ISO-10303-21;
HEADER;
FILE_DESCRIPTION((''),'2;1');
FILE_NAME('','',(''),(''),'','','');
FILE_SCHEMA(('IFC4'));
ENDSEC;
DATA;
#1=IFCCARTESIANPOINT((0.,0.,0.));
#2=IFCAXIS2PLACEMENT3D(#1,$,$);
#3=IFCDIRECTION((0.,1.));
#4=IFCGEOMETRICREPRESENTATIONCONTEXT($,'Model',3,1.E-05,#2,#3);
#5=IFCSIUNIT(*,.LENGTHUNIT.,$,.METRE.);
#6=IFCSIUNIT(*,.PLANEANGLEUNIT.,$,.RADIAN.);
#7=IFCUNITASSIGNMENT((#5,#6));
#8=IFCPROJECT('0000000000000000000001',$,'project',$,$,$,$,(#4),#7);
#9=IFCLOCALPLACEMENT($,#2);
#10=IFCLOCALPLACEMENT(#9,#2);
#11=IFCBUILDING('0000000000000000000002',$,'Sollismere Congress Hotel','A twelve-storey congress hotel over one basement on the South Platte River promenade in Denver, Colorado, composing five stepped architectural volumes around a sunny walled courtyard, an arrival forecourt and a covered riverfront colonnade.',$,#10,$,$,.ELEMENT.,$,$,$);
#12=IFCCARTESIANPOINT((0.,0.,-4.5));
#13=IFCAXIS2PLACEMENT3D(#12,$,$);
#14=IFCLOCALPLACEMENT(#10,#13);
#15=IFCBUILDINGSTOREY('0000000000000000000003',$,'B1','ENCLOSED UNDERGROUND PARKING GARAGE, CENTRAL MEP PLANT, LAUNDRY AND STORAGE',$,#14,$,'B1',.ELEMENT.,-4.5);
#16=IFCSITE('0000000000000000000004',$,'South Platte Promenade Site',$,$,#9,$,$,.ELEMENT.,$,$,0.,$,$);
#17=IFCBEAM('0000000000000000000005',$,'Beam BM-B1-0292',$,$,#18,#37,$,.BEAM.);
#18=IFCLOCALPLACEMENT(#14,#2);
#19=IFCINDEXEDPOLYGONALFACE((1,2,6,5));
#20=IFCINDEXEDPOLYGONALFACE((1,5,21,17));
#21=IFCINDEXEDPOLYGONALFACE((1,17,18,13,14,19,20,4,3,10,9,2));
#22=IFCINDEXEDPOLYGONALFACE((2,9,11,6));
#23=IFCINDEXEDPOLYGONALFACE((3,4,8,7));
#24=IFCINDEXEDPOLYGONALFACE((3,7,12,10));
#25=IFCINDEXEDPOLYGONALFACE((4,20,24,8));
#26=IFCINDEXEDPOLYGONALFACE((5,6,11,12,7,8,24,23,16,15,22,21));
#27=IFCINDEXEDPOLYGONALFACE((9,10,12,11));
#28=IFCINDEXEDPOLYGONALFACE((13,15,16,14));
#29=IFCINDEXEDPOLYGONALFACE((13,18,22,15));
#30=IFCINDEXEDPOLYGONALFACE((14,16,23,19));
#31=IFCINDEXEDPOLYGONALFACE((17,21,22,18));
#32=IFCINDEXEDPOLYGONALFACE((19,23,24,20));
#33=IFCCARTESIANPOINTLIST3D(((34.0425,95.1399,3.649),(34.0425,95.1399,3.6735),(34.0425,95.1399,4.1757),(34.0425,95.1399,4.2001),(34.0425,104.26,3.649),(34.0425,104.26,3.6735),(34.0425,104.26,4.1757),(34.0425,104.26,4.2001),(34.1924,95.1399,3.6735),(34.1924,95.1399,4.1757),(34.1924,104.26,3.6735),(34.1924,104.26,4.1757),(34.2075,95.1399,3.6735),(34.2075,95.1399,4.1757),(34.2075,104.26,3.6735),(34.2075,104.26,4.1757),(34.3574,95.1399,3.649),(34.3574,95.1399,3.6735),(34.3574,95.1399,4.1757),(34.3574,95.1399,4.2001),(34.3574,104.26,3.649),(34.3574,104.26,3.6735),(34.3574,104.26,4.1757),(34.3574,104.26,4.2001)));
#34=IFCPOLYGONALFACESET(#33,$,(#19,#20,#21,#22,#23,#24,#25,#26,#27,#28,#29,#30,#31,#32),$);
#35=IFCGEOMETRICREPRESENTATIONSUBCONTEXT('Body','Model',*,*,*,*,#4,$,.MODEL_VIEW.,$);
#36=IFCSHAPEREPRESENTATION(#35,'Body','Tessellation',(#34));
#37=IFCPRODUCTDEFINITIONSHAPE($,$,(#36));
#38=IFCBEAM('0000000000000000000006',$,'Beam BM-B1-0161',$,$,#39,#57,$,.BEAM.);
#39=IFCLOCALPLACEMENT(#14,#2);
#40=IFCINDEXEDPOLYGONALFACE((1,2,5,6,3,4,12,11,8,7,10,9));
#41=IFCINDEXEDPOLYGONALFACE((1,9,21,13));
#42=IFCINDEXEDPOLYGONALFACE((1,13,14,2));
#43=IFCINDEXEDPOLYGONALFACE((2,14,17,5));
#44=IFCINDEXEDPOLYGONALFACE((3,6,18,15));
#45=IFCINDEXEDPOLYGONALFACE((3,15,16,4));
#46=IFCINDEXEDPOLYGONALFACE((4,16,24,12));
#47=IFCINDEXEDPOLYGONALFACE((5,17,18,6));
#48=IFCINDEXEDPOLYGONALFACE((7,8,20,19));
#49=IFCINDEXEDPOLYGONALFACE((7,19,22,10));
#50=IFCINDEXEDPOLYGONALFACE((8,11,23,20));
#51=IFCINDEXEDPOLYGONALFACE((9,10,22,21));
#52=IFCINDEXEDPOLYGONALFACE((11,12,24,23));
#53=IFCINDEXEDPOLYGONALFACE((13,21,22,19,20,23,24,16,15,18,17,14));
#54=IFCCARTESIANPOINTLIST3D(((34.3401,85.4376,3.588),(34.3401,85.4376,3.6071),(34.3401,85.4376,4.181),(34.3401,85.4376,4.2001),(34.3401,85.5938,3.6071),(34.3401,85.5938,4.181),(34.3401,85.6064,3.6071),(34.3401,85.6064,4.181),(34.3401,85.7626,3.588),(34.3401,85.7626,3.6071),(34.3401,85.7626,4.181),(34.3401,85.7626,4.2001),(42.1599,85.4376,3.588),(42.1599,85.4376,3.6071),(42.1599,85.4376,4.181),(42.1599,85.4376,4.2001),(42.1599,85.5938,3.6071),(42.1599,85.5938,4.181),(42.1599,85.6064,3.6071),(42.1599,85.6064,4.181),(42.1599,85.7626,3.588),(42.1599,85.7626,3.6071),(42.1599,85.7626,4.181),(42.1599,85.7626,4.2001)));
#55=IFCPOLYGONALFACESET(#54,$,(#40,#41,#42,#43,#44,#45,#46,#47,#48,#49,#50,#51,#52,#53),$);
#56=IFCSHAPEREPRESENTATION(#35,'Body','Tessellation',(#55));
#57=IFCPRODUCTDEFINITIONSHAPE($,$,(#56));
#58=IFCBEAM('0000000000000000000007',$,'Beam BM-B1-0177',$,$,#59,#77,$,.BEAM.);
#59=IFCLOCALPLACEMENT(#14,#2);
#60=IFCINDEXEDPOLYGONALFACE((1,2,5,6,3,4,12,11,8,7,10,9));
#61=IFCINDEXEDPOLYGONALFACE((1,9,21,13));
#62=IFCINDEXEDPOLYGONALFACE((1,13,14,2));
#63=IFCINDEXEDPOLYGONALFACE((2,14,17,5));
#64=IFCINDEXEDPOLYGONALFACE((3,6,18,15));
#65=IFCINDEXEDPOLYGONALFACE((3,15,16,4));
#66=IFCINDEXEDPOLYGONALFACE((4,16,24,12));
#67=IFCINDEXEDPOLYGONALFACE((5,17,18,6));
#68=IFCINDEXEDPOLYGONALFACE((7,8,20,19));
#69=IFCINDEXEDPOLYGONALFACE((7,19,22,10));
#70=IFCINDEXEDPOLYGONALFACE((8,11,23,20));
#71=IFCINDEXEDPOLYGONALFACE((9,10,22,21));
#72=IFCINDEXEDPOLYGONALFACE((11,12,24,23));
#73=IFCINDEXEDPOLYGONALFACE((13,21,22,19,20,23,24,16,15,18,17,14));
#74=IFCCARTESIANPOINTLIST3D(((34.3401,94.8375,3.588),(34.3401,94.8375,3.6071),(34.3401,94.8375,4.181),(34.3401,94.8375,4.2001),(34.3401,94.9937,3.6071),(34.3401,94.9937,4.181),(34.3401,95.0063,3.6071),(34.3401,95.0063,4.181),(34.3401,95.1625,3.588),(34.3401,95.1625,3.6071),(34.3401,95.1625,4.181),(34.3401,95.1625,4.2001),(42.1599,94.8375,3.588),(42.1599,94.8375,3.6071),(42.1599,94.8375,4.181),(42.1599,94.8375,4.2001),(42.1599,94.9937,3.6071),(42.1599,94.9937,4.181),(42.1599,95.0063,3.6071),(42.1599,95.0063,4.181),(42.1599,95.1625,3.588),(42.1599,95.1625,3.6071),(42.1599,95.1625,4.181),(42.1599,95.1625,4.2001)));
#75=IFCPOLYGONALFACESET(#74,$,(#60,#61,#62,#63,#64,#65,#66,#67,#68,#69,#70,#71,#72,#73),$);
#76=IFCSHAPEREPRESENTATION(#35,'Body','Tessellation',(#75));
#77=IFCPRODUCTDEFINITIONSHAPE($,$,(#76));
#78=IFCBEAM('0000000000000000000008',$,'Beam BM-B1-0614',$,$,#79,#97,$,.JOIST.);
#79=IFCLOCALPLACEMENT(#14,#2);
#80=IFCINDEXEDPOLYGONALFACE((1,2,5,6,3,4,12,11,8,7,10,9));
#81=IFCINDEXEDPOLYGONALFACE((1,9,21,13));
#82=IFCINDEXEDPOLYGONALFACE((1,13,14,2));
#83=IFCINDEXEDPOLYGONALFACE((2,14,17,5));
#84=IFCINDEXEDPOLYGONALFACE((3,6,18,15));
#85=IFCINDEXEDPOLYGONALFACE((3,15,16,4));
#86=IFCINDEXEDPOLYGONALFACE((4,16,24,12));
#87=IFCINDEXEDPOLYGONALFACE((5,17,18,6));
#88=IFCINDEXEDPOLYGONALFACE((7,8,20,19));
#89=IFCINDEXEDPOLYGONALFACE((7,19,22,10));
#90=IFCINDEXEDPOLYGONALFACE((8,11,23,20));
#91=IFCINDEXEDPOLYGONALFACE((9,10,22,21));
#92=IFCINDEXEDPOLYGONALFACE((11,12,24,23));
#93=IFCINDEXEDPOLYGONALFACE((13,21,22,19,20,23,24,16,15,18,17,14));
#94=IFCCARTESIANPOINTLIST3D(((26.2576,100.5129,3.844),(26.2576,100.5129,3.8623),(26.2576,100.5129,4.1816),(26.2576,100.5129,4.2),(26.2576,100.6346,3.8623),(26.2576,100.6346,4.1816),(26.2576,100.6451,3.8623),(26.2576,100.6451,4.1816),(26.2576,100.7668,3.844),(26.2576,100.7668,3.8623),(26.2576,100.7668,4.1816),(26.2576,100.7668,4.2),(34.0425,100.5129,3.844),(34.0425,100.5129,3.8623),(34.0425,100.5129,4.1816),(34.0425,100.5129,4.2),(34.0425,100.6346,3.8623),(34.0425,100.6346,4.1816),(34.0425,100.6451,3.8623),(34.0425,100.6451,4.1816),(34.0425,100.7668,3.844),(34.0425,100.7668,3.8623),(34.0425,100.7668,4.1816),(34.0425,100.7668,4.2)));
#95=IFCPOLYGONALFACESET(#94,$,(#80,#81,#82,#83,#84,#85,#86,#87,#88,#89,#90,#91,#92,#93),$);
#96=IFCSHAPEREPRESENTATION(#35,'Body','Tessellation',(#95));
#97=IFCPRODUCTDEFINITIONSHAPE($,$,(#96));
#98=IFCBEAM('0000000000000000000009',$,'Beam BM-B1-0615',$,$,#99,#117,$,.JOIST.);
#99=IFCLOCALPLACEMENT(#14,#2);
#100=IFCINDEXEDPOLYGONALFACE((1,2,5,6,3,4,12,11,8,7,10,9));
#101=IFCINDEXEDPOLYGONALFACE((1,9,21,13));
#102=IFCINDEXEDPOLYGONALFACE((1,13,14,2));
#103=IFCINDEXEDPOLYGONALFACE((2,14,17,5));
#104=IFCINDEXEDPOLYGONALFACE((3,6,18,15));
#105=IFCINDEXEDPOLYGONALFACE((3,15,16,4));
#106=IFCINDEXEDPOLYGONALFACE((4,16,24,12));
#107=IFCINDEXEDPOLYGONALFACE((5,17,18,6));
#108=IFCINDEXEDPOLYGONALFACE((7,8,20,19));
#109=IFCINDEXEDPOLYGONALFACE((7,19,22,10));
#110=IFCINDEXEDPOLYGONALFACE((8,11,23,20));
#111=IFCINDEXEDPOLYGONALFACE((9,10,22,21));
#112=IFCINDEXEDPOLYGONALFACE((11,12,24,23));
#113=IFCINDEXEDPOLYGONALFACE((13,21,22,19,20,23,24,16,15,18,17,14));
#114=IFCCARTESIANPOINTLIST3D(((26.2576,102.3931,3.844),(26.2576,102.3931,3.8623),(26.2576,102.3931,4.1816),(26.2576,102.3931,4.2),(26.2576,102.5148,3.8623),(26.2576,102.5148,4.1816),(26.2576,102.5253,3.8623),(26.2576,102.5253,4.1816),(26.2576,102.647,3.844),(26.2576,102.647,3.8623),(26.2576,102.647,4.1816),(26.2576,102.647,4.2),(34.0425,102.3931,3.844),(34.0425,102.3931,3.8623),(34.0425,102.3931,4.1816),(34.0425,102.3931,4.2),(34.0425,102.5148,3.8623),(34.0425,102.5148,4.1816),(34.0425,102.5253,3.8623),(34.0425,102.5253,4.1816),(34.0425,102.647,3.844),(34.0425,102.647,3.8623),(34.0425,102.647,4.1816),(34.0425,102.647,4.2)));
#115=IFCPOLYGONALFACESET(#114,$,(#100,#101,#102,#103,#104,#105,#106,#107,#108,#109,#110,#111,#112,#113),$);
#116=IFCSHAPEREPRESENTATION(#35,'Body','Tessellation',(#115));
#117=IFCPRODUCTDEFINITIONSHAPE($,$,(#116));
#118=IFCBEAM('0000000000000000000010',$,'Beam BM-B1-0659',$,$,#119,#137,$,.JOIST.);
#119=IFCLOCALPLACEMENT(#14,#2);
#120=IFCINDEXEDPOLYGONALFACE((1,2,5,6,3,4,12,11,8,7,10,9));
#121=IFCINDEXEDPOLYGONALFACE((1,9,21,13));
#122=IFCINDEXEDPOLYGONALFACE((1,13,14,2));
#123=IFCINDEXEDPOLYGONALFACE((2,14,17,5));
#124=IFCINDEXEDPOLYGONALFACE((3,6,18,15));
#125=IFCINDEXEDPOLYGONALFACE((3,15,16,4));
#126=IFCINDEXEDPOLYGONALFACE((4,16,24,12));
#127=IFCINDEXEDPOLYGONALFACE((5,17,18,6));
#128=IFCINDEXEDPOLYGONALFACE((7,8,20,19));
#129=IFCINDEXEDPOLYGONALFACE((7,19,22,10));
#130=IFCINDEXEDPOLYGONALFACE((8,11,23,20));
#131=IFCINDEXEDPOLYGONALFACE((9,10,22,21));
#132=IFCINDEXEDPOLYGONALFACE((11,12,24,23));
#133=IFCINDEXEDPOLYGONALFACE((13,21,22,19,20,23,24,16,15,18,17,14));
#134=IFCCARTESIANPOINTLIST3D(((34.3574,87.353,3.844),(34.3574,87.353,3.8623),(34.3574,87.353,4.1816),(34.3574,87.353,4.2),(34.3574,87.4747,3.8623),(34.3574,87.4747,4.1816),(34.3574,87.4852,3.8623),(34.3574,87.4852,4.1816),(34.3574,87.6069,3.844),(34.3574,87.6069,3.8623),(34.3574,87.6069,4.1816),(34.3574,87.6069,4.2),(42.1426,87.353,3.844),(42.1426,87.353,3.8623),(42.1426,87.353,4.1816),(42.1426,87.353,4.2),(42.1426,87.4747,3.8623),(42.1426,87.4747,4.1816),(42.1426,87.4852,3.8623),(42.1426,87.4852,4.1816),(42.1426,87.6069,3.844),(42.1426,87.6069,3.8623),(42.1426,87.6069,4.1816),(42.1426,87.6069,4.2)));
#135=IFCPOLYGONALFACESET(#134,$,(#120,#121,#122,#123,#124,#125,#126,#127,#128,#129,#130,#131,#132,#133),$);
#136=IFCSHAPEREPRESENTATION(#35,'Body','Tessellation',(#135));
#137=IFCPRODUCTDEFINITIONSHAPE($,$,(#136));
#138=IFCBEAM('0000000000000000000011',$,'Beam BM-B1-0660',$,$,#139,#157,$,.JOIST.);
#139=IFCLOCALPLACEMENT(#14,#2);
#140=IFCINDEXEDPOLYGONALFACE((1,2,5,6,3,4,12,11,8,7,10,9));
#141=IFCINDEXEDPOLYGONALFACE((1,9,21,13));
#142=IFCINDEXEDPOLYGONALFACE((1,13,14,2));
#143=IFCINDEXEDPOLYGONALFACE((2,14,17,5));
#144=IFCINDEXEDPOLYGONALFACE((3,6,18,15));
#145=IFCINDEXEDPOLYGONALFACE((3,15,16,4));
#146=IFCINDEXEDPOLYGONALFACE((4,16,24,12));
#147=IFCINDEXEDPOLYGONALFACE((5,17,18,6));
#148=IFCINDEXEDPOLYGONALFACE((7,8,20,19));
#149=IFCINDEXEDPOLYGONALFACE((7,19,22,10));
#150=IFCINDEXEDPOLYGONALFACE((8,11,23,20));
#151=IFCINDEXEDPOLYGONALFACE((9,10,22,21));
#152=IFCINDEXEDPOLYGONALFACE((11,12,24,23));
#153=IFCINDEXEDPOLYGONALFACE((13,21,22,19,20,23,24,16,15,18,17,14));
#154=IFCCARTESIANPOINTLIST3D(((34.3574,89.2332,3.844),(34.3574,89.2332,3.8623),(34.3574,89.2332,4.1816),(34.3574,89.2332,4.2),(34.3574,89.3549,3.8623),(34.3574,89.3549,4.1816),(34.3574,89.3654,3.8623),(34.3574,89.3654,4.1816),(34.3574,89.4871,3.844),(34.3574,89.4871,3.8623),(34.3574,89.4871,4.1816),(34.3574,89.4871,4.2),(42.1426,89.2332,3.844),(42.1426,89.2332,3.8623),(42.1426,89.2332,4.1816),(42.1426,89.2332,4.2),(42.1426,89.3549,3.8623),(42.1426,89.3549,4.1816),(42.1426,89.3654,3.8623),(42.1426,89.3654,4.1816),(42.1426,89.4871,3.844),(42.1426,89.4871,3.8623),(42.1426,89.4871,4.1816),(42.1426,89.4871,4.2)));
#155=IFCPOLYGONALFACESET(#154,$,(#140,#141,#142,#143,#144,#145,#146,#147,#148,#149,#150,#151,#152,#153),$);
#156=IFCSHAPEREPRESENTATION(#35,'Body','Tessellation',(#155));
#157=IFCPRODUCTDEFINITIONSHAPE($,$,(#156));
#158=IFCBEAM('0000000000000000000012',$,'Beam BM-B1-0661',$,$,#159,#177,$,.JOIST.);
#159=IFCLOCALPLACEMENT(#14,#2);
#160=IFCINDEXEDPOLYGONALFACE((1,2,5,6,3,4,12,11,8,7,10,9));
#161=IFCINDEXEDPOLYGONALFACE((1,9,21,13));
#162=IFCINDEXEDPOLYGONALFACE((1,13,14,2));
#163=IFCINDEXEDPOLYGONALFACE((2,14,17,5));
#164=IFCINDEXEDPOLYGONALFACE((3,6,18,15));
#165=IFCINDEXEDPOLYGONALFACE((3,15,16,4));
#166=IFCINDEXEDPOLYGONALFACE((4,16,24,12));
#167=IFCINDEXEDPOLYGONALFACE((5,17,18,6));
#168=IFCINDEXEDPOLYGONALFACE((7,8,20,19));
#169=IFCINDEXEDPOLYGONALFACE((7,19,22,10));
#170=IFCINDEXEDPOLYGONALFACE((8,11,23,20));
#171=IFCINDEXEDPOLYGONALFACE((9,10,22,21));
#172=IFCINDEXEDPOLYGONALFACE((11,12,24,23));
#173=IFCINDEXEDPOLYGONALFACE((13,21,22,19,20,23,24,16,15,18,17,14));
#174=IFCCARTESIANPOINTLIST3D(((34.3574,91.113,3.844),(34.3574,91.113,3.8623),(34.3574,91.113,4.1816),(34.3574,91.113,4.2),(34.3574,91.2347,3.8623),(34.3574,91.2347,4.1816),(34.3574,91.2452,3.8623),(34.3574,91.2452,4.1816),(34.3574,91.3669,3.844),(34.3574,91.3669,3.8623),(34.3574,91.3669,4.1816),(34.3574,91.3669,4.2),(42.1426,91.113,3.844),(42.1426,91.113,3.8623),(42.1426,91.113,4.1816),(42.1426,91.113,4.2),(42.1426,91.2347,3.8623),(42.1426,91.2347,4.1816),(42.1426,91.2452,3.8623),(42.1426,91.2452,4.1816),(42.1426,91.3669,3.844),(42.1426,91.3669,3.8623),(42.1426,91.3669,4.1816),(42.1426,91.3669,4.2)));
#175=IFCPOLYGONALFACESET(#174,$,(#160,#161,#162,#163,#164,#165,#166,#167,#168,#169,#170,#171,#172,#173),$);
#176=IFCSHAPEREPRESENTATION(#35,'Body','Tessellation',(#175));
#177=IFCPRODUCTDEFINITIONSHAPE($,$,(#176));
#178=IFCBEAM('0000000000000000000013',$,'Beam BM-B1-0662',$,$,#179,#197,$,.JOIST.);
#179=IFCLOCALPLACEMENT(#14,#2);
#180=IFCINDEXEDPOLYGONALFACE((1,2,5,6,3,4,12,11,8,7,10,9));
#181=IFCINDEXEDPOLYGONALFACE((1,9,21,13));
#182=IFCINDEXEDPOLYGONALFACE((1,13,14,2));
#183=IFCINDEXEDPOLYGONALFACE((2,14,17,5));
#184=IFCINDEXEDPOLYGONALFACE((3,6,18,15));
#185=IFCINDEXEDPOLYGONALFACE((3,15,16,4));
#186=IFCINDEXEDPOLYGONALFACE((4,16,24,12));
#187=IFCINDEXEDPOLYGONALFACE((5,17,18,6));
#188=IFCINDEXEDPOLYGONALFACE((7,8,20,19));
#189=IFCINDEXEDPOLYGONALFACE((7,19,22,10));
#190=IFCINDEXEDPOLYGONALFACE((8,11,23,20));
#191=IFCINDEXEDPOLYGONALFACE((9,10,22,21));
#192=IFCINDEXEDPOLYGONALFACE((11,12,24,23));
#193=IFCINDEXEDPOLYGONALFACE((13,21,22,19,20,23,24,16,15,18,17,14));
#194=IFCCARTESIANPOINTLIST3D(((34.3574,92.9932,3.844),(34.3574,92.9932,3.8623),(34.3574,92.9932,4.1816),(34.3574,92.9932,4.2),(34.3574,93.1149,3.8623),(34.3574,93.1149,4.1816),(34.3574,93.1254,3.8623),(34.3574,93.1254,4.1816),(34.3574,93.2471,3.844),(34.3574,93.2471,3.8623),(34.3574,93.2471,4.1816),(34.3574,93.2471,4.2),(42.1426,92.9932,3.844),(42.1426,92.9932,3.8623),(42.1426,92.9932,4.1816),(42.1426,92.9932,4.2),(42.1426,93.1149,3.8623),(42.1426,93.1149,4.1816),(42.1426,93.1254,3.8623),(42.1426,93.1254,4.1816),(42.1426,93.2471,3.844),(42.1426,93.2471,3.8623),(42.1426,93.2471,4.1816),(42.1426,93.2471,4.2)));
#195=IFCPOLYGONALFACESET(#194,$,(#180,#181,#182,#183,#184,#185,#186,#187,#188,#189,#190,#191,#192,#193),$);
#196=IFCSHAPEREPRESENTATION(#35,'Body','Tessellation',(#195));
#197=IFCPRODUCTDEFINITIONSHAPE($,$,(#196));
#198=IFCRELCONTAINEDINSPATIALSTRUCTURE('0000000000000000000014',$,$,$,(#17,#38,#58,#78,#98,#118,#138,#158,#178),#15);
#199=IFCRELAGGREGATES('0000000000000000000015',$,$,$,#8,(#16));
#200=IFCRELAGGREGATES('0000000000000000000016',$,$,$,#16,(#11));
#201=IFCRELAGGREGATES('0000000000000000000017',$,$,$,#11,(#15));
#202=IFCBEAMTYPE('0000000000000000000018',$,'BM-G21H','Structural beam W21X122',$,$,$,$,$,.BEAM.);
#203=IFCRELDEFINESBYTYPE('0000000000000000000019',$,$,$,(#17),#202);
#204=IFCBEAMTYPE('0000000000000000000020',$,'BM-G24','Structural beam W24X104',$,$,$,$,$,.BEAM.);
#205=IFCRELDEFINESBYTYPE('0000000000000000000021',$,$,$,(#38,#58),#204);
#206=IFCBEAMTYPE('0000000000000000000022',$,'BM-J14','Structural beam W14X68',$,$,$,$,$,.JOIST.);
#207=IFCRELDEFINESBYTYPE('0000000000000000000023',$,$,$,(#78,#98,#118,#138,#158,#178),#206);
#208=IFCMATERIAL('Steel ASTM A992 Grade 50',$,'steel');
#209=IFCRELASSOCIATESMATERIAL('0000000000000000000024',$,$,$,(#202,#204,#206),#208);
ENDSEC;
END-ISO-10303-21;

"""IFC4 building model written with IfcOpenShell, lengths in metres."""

from ifc_helpers import new_model, si_unit, direction, frame, origin, origin_2d, place, context, subcontext, project, spatial, i_section, extrude, material, material_profile, profile_set, type_object, element, save


model = new_model("IFC4")

# Units and contexts
model_context = context("Model", 3, precision=1e-05, world=origin(), true_north=direction((0.0, 1.0)))
body_context = subcontext(model_context, "Body", "Model", "MODEL_VIEW")
ifc_project = project(units=[si_unit("LENGTHUNIT", "METRE"), si_unit("PLANEANGLEUNIT", "RADIAN")], contexts=[model_context])

# Site, building, storey
site_placement = place(None, origin())
site = spatial("IfcSite", under=ifc_project, at=site_placement, Name="South Platte Promenade Site", CompositionType="ELEMENT", RefElevation=0.0)
building_placement = place(site_placement, origin())
building = spatial("IfcBuilding", under=site, at=building_placement, Name="Sollismere Congress Hotel", Description="A twelve-storey congress hotel over one basement on the South Platte River promenade in Denver, Colorado, composing five stepped architectural volumes around a sunny walled courtyard, an arrival forecourt and a covered riverfront colonnade.", CompositionType="ELEMENT")
storey_placement = place(building_placement, frame((0.0, 0.0, -4.5)))
storey = spatial("IfcBuildingStorey", under=building, at=storey_placement, Name="B1", Description="ENCLOSED UNDERGROUND PARKING GARAGE, CENTRAL MEP PLANT, LAUNDRY AND STORAGE", LongName="B1", CompositionType="ELEMENT", Elevation=-4.5)

# Beams
ifc_material_1 = material(Name="Steel ASTM A992 Grade 50", Category="steel")
ifc_material_profile_1 = material_profile(ifc_material_1, i_section(OverallWidth=0.3149, OverallDepth=0.551, WebThickness=0.0151, FlangeThickness=0.0244, at=origin_2d()), Name="W21X122")
ifc_profile_set_1 = profile_set([ifc_material_profile_1], Name="Steel ASTM A992 Grade 50")
beam_type_1 = type_object("IfcBeamType", Name="BM-G21H", Description="Structural beam W21X122", PredefinedType="BEAM", material=ifc_profile_set_1)
for number, where, z_axis, x_axis, name in (
    (1, (34.2, 95.1399, 3.9246), (0.0, 1.0, 0.0), (-1.0, 0.0, 0.0), "Beam BM-B1-0292"),
):
    element("IfcBeam", number, at=place(storey_placement, frame(where, z_axis=z_axis, x_axis=x_axis)), inside=storey, type_object=beam_type_1, Name=name, PredefinedType="BEAM", context=body_context, shape_type="SweptSolid", body=[
        extrude(i_section(OverallWidth=0.3149, OverallDepth=0.551, WebThickness=0.0151, FlangeThickness=0.0244, at=origin_2d()), origin(), (0.0, 0.0, 1.0), 9.1201),
    ])
ifc_material_profile_2 = material_profile(ifc_material_1, i_section(OverallWidth=0.325, OverallDepth=0.6121, WebThickness=0.0127, FlangeThickness=0.019, at=origin_2d()), Name="W24X104")
ifc_profile_set_2 = profile_set([ifc_material_profile_2], Name="Steel ASTM A992 Grade 50")
beam_type_2 = type_object("IfcBeamType", Name="BM-G24", Description="Structural beam W24X104", PredefinedType="BEAM", material=ifc_profile_set_2)
for number, where, z_axis, x_axis, name in (
    (2, (34.3401, 85.6001, 3.894), (1.0, 0.0, 0.0), (0.0, 1.0, 0.0), "Beam BM-B1-0161"),
    (3, (34.3401, 95.0, 3.894), (1.0, 0.0, 0.0), (0.0, 1.0, 0.0), "Beam BM-B1-0177"),
):
    element("IfcBeam", number, at=place(storey_placement, frame(where, z_axis=z_axis, x_axis=x_axis)), inside=storey, type_object=beam_type_2, Name=name, PredefinedType="BEAM", context=body_context, shape_type="SweptSolid", body=[
        extrude(i_section(OverallWidth=0.325, OverallDepth=0.6121, WebThickness=0.0127, FlangeThickness=0.019, at=origin_2d()), origin(), (0.0, 0.0, 1.0), 7.8198),
    ])
ifc_material_profile_3 = material_profile(ifc_material_1, i_section(OverallWidth=0.2539, OverallDepth=0.356, WebThickness=0.0105, FlangeThickness=0.0183, at=origin_2d()), Name="W14X68")
ifc_profile_set_3 = profile_set([ifc_material_profile_3], Name="Steel ASTM A992 Grade 50")
beam_type_3 = type_object("IfcBeamType", Name="BM-J14", Description="Structural beam W14X68", PredefinedType="JOIST", material=ifc_profile_set_3)
for number, where, z_axis, x_axis, name in (
    (4, (26.2576, 100.6399, 4.022), (1.0, 0.0, 0.0), (0.0, 1.0, 0.0), "Beam BM-B1-0614"),
    (5, (26.2576, 102.52, 4.022), (1.0, 0.0, 0.0), (0.0, 1.0, 0.0), "Beam BM-B1-0615"),
):
    element("IfcBeam", number, at=place(storey_placement, frame(where, z_axis=z_axis, x_axis=x_axis)), inside=storey, type_object=beam_type_3, Name=name, PredefinedType="JOIST", context=body_context, shape_type="SweptSolid", body=[
        extrude(i_section(OverallWidth=0.2539, OverallDepth=0.356, WebThickness=0.0105, FlangeThickness=0.0183, at=origin_2d()), origin(), (0.0, 0.0, 1.0), 7.7849),
    ])
for number, where, z_axis, x_axis, name in (
    (6, (34.3574, 87.48, 4.022), (1.0, 0.0, 0.0), (0.0, 1.0, 0.0), "Beam BM-B1-0659"),
    (7, (34.3574, 89.3601, 4.022), (1.0, 0.0, 0.0), (0.0, 1.0, 0.0), "Beam BM-B1-0660"),
    (8, (34.3574, 91.24, 4.022), (1.0, 0.0, 0.0), (0.0, 1.0, 0.0), "Beam BM-B1-0661"),
    (9, (34.3574, 93.1201, 4.022), (1.0, 0.0, 0.0), (0.0, 1.0, 0.0), "Beam BM-B1-0662"),
):
    element("IfcBeam", number, at=place(storey_placement, frame(where, z_axis=z_axis, x_axis=x_axis)), inside=storey, type_object=beam_type_3, Name=name, PredefinedType="JOIST", context=body_context, shape_type="SweptSolid", body=[
        extrude(i_section(OverallWidth=0.2539, OverallDepth=0.356, WebThickness=0.0105, FlangeThickness=0.0183, at=origin_2d()), origin(), (0.0, 0.0, 1.0), 7.7852),
    ])

save(model, "model.ifc")
